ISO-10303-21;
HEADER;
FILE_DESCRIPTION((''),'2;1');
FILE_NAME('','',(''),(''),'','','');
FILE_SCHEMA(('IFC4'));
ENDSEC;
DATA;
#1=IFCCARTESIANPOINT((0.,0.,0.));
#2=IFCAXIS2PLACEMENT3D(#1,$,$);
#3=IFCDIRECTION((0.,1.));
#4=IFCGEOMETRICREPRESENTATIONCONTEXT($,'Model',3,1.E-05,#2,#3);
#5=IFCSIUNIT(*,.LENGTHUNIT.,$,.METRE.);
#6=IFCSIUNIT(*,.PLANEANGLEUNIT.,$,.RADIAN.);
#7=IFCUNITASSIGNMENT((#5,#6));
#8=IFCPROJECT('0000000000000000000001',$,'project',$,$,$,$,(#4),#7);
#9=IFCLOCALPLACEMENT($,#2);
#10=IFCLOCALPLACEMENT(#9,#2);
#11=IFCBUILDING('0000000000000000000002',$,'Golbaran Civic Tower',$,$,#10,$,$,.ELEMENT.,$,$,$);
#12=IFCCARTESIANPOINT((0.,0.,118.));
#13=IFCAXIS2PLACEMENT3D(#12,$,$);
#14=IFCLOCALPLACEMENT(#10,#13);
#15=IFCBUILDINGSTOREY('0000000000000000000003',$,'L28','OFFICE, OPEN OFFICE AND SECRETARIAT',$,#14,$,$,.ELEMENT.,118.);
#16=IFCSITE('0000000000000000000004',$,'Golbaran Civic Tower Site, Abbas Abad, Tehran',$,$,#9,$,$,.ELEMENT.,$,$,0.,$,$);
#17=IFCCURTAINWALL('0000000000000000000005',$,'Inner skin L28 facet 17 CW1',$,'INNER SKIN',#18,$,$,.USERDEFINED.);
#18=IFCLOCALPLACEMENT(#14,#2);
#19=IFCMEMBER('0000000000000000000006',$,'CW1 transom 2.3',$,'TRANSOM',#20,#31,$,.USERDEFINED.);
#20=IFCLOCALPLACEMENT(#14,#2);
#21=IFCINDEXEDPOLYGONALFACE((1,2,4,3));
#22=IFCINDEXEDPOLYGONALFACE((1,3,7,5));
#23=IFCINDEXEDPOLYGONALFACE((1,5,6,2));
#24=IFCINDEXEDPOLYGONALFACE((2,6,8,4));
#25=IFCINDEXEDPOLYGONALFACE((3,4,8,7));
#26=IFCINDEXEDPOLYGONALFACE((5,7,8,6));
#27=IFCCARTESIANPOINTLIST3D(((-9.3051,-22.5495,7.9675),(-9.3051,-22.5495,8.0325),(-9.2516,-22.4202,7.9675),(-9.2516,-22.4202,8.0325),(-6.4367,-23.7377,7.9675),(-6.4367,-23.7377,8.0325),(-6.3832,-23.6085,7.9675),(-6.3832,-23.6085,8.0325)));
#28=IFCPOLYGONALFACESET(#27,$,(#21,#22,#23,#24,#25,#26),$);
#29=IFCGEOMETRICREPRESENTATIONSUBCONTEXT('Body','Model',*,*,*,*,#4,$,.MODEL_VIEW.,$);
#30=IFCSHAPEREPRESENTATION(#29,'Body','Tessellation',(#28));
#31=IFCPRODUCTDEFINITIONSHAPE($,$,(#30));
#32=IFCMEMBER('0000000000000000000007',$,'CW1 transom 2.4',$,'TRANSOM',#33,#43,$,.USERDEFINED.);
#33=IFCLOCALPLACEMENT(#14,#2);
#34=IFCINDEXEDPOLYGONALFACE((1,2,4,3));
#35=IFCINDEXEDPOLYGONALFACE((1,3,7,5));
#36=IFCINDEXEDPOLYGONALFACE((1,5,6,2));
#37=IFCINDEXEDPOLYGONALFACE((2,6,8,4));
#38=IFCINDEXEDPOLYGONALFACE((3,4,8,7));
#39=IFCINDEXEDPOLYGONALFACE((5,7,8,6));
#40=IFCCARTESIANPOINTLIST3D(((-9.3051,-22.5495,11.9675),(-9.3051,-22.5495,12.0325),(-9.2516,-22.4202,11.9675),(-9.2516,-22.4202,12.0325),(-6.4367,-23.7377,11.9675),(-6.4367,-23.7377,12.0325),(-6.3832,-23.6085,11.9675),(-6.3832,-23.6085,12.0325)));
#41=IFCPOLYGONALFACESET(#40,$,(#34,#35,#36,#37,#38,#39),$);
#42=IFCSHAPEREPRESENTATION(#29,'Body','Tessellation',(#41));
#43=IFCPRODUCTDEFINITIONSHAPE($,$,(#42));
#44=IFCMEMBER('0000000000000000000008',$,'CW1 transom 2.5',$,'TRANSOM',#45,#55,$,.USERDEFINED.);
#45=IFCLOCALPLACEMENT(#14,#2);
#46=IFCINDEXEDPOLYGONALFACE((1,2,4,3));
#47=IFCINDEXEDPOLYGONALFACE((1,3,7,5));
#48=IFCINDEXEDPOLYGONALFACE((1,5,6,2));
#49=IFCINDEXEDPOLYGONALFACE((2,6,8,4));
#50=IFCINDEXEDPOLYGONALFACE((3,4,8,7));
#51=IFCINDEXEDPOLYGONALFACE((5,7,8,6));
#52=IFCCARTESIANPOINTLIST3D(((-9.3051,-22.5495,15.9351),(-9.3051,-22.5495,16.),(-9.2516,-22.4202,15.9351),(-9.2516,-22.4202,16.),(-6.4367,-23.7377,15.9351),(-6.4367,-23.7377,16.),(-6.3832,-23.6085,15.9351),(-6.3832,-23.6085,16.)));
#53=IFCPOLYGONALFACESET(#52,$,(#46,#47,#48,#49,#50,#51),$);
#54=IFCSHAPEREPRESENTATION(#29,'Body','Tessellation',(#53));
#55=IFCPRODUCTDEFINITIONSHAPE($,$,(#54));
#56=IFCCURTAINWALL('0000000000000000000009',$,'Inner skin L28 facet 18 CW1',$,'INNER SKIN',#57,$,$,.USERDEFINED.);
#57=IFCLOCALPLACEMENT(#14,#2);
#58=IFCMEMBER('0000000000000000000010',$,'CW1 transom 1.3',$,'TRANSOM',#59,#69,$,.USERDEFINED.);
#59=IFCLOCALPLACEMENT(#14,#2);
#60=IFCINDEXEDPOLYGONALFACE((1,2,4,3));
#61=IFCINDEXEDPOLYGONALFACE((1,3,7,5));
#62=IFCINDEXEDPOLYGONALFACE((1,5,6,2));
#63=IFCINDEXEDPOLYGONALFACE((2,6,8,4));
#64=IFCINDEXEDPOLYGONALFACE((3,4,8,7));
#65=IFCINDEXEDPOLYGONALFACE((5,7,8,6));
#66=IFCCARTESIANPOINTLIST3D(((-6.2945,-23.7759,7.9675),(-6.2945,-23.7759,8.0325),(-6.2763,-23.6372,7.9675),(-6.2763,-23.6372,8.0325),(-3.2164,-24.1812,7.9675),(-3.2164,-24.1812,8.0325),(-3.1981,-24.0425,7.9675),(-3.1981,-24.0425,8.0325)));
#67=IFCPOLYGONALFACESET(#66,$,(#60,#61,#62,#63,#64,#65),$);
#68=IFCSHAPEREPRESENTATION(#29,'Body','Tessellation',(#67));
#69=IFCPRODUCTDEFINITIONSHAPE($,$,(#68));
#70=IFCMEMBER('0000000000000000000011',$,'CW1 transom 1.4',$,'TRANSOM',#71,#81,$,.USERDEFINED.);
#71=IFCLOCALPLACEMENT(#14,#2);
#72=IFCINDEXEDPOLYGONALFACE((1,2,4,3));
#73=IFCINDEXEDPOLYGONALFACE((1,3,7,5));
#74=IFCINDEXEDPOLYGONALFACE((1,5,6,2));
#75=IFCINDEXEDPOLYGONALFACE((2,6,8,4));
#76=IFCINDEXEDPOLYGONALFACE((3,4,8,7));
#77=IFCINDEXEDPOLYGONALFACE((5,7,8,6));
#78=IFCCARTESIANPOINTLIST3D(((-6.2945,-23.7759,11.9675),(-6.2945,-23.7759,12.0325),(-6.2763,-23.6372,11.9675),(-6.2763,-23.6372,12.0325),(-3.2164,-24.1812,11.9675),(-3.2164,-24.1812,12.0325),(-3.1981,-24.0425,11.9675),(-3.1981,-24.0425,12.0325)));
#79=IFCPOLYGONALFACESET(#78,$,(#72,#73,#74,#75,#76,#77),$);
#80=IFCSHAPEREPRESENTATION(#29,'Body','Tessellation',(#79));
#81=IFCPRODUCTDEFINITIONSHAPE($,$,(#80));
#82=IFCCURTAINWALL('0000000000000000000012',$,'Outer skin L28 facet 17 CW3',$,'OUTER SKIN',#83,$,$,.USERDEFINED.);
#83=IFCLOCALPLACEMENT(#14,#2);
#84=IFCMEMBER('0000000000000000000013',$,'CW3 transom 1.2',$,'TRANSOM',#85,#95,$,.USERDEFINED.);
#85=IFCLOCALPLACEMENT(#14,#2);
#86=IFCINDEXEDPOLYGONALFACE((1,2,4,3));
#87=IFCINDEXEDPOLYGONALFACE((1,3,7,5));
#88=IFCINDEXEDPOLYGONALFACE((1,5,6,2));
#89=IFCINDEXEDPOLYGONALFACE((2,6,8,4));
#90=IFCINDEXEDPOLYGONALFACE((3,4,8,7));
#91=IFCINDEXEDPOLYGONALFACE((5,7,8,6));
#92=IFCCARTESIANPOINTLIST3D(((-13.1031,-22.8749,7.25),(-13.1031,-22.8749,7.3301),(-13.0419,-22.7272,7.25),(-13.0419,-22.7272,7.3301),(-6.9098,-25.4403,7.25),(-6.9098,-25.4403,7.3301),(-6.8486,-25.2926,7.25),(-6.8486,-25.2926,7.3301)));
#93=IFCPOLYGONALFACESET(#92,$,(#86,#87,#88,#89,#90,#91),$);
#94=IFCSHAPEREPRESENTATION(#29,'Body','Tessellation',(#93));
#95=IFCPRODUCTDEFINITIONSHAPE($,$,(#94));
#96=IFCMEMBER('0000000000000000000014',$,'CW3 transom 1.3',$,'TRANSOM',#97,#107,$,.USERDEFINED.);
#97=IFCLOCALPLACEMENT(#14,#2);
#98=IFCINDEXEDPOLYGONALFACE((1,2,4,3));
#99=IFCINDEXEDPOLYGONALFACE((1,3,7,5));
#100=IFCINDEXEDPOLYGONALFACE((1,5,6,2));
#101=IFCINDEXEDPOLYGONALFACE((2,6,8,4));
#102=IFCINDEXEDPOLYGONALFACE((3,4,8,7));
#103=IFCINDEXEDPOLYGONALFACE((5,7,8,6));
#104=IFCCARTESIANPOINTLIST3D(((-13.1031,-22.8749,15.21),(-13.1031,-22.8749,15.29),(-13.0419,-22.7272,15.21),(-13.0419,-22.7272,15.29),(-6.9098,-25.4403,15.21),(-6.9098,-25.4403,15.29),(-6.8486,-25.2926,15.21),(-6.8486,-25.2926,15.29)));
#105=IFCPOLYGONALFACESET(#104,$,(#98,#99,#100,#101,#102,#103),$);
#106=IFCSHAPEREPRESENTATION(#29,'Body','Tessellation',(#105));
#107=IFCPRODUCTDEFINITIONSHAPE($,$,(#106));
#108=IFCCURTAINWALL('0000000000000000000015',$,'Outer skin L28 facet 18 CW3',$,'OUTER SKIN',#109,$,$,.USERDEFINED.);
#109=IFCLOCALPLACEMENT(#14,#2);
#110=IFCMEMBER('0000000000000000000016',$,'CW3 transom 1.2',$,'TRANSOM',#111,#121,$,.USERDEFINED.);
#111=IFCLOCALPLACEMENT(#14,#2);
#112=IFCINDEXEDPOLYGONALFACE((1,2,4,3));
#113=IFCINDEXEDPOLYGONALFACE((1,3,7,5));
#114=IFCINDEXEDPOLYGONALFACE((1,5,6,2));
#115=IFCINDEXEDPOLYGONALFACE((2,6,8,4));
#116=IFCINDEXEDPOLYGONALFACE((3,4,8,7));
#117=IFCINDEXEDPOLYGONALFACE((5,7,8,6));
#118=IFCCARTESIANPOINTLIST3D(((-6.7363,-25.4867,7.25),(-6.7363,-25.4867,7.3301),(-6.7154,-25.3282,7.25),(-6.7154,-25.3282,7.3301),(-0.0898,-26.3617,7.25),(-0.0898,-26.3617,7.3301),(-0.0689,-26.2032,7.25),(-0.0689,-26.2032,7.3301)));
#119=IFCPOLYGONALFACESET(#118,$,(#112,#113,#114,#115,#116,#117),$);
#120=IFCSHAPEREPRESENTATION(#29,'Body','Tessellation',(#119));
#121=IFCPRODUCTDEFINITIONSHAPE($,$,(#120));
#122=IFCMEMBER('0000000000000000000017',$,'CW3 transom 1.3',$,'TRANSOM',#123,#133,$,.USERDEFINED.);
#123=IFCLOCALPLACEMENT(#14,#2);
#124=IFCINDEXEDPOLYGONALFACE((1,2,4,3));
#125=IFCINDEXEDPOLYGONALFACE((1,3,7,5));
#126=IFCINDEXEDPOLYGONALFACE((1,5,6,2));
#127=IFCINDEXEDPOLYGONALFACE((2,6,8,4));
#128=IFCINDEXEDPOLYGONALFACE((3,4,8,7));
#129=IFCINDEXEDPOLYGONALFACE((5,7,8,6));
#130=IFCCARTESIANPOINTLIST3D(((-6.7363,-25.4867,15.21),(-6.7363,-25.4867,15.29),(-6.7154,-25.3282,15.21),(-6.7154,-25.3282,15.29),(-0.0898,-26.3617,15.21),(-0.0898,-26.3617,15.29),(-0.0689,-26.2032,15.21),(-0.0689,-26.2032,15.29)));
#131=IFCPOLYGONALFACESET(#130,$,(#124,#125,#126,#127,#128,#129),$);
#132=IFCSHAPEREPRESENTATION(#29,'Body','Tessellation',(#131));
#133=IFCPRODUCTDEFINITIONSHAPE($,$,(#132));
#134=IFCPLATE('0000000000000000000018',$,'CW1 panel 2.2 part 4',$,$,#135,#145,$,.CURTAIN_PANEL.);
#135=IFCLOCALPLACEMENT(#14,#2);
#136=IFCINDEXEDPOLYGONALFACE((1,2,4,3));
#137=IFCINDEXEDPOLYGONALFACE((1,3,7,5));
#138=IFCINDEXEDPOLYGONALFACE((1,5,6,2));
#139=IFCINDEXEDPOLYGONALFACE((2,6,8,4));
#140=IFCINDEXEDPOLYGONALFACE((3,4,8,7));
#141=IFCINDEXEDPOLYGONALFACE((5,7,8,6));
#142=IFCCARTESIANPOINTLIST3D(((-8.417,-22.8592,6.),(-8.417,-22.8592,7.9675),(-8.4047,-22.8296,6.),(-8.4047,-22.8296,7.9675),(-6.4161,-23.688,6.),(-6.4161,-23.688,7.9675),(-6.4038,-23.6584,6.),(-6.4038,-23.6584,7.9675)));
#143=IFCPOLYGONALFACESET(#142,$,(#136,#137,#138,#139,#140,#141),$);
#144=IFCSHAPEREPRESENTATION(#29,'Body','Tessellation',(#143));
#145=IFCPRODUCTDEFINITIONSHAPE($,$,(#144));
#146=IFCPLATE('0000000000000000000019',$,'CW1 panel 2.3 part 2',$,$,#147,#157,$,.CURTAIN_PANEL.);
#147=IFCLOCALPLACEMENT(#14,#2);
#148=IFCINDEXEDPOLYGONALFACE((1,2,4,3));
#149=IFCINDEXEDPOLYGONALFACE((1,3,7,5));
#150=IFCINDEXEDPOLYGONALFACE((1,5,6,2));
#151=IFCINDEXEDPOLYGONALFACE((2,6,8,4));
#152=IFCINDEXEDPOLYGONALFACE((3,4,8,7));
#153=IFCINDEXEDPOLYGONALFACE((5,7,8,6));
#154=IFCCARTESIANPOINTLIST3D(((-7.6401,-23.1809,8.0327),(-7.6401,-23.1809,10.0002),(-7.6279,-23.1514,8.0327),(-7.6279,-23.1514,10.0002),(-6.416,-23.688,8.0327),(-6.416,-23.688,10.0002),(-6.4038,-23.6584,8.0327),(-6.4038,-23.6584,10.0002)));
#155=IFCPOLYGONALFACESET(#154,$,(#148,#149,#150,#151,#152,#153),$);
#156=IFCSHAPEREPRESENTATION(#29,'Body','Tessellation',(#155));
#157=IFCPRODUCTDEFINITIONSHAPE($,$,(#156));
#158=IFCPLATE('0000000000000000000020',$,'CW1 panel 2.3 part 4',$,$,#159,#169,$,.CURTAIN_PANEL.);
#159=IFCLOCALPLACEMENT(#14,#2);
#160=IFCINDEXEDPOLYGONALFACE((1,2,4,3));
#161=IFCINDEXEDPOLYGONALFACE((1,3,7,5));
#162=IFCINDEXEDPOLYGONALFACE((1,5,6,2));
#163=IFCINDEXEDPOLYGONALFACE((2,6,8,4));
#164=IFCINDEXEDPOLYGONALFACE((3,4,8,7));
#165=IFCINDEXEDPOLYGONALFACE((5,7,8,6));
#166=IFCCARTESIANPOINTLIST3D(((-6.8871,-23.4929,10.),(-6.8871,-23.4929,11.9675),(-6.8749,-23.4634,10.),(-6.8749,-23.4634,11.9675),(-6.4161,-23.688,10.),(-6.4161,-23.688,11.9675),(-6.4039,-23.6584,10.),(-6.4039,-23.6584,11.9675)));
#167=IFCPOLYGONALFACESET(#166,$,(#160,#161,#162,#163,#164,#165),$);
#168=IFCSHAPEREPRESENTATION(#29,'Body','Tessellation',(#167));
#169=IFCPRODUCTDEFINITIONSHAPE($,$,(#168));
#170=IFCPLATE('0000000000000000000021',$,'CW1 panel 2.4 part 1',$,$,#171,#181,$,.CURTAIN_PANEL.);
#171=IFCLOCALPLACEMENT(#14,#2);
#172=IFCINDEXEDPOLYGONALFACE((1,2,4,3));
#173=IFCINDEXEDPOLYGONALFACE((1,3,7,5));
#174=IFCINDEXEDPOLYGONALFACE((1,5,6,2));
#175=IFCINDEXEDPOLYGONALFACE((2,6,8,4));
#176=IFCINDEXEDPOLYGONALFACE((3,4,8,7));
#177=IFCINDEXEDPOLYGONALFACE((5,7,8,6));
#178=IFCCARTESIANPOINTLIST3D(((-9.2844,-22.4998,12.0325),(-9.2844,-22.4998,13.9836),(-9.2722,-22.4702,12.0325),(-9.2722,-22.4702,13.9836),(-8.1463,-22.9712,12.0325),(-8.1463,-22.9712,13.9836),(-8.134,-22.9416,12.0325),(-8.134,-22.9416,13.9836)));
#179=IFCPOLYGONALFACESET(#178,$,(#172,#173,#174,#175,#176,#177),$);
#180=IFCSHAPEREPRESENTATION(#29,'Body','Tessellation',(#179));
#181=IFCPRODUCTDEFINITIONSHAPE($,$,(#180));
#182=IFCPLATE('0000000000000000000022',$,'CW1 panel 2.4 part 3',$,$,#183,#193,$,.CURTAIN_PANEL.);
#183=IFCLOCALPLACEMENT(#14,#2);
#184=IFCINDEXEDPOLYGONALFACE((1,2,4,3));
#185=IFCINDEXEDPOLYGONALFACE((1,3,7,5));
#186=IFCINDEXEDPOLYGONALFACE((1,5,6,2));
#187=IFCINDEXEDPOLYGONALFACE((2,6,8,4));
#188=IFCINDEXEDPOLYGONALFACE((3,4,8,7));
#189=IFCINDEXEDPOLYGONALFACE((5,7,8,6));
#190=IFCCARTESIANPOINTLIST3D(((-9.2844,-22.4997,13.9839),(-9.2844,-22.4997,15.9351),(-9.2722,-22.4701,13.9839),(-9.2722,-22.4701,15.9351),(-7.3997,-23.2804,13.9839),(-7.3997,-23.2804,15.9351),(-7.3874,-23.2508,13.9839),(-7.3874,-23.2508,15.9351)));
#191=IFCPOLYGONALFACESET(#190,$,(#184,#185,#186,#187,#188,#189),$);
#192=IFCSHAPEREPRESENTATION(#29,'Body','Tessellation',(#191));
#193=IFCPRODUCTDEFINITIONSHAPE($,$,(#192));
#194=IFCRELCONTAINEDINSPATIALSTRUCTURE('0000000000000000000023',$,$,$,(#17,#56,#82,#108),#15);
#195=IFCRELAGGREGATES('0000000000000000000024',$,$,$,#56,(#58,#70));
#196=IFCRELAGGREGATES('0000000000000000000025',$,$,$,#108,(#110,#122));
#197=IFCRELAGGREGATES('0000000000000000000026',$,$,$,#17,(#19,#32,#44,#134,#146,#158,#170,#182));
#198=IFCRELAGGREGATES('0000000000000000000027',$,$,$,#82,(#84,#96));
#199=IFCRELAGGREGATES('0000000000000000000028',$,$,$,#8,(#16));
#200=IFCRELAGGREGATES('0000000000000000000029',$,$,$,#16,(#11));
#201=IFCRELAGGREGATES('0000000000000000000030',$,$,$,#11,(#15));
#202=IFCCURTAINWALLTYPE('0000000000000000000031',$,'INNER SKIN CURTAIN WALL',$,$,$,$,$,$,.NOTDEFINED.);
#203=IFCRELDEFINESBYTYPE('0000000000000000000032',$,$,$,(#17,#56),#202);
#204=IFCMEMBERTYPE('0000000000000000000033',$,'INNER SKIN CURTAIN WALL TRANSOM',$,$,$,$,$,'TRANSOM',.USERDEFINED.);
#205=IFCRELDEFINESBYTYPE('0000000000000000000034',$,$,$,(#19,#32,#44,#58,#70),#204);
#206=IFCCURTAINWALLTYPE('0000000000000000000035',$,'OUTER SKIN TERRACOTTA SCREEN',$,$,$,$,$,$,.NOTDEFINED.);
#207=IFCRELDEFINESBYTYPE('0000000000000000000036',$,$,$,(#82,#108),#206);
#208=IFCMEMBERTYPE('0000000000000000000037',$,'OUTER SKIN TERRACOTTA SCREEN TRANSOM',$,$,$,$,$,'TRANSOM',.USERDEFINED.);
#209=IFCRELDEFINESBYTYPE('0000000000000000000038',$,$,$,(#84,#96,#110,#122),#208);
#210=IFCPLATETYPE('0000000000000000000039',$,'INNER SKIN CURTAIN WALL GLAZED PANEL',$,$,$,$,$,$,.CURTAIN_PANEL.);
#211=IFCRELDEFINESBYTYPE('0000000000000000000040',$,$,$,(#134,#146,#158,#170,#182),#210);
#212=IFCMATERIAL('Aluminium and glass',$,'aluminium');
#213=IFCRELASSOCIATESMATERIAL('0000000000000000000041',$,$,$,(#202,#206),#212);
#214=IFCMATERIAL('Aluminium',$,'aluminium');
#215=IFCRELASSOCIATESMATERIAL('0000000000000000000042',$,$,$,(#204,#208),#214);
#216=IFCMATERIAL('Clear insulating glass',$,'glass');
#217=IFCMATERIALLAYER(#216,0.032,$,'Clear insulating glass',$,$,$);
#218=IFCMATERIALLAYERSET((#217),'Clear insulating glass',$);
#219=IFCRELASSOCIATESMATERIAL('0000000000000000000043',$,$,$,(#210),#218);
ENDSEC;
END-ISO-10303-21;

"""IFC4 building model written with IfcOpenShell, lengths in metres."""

from ifc_helpers import new_model, si_unit, direction, frame, origin, origin_2d, place, context, subcontext, project, spatial, rectangle, extrude, material, layer, layer_set, material_profile, profile_set, type_object, element, aggregate, save


model = new_model("IFC4")

# Units and contexts
model_context = context("Model", 3, precision=1e-05, world=origin(), true_north=direction((0.0, 1.0)))
body_context = subcontext(model_context, "Body", "Model", "MODEL_VIEW")
ifc_project = project(units=[si_unit("LENGTHUNIT", "METRE"), si_unit("PLANEANGLEUNIT", "RADIAN")], contexts=[model_context])

# Site, building, storey
site_placement = place(None, origin())
site = spatial("IfcSite", under=ifc_project, at=site_placement, Name="Golbaran Civic Tower Site, Abbas Abad, Tehran", CompositionType="ELEMENT", RefElevation=0.0)
building_placement = place(site_placement, origin())
building = spatial("IfcBuilding", under=site, at=building_placement, Name="Golbaran Civic Tower", CompositionType="ELEMENT")
storey_placement = place(building_placement, frame((0.0, 0.0, 118.0)))
storey = spatial("IfcBuildingStorey", under=building, at=storey_placement, Name="L28", Description="OFFICE, OPEN OFFICE AND SECRETARIAT", CompositionType="ELEMENT", Elevation=118.0)

# Curtain walls, members
ifc_material_1 = material(Name="Aluminium and glass", Category="aluminium")
curtain_wall_type_1 = type_object("IfcCurtainWallType", Name="INNER SKIN CURTAIN WALL", PredefinedType="NOTDEFINED", material=ifc_material_1)
curtain_wall_1_placement = place(storey_placement, origin())
curtain_wall_1 = element("IfcCurtainWall", 1, at=curtain_wall_1_placement, inside=storey, type_object=curtain_wall_type_1, Name="Inner skin L28 facet 17 CW1", ObjectType="INNER SKIN", PredefinedType="USERDEFINED")
ifc_material_2 = material(Name="Aluminium", Category="aluminium")
ifc_material_profile_1 = material_profile(ifc_material_2, rectangle(XDim=0.1399, YDim=0.0649, at=origin_2d()), Name="INNER SKIN CURTAIN WALL TRANSOM")
ifc_profile_set_1 = profile_set([ifc_material_profile_1], Name="Aluminium")
member_type_1 = type_object("IfcMemberType", Name="INNER SKIN CURTAIN WALL TRANSOM", ElementType="TRANSOM", PredefinedType="USERDEFINED", material=ifc_profile_set_1)
member_1_placement = place(storey_placement, frame((-9.2783, -22.4849, 8.0), z_axis=(0.923868, -0.382711, 0.0), x_axis=(0.382711, 0.923868, 0.0)))
member_1 = element("IfcMember", 2, at=member_1_placement, type_object=member_type_1, Name="CW1 transom 2.3", ObjectType="TRANSOM", PredefinedType="USERDEFINED", context=body_context, shape_type="SweptSolid", body=[
    extrude(rectangle(XDim=0.1399, YDim=0.0649, at=origin_2d()), origin(), (0.0, 0.0, 1.0), 3.1047),
])
member_2_placement = place(storey_placement, frame((-9.2783, -22.4849, 12.0), z_axis=(0.923868, -0.382711, 0.0), x_axis=(0.382711, 0.923868, 0.0)))
member_2 = element("IfcMember", 3, at=member_2_placement, type_object=member_type_1, Name="CW1 transom 2.4", ObjectType="TRANSOM", PredefinedType="USERDEFINED", context=body_context, shape_type="SweptSolid", body=[
    extrude(rectangle(XDim=0.1399, YDim=0.0649, at=origin_2d()), origin(), (0.0, 0.0, 1.0), 3.1047),
])
member_3_placement = place(storey_placement, frame((-9.2783, -22.4849, 15.9675), z_axis=(0.923868, -0.382711, 0.0), x_axis=(0.382711, 0.923868, 0.0)))
member_3 = element("IfcMember", 4, at=member_3_placement, type_object=member_type_1, Name="CW1 transom 2.5", ObjectType="TRANSOM", PredefinedType="USERDEFINED", context=body_context, shape_type="SweptSolid", body=[
    extrude(rectangle(XDim=0.1399, YDim=0.0649, at=origin_2d()), origin(), (0.0, 0.0, 1.0), 3.1047),
])
curtain_wall_2_placement = place(storey_placement, origin())
curtain_wall_2 = element("IfcCurtainWall", 5, at=curtain_wall_2_placement, inside=storey, type_object=curtain_wall_type_1, Name="Inner skin L28 facet 18 CW1", ObjectType="INNER SKIN", PredefinedType="USERDEFINED")
member_4_placement = place(storey_placement, frame((-6.2854, -23.7065, 8.0), z_axis=(0.991444, -0.130536, 0.0), x_axis=(0.130536, 0.991444, 0.0)))
member_4 = element("IfcMember", 6, at=member_4_placement, type_object=member_type_1, Name="CW1 transom 1.3", ObjectType="TRANSOM", PredefinedType="USERDEFINED", context=body_context, shape_type="SweptSolid", body=[
    extrude(rectangle(XDim=0.1399, YDim=0.0649, at=origin_2d()), origin(), (0.0, 0.0, 1.0), 3.1047),
])
member_5_placement = place(storey_placement, frame((-6.2854, -23.7065, 12.0), z_axis=(0.991444, -0.130536, 0.0), x_axis=(0.130536, 0.991444, 0.0)))
member_5 = element("IfcMember", 7, at=member_5_placement, type_object=member_type_1, Name="CW1 transom 1.4", ObjectType="TRANSOM", PredefinedType="USERDEFINED", context=body_context, shape_type="SweptSolid", body=[
    extrude(rectangle(XDim=0.1399, YDim=0.0649, at=origin_2d()), origin(), (0.0, 0.0, 1.0), 3.1047),
])
aggregate(curtain_wall_2, [member_4, member_5])
curtain_wall_type_2 = type_object("IfcCurtainWallType", Name="OUTER SKIN TERRACOTTA SCREEN", PredefinedType="NOTDEFINED", material=ifc_material_1)
curtain_wall_3_placement = place(storey_placement, origin())
curtain_wall_3 = element("IfcCurtainWall", 8, at=curtain_wall_3_placement, inside=storey, type_object=curtain_wall_type_2, Name="Outer skin L28 facet 17 CW3", ObjectType="OUTER SKIN", PredefinedType="USERDEFINED")
ifc_material_profile_2 = material_profile(ifc_material_2, rectangle(XDim=0.1599, YDim=0.0801, at=origin_2d()), Name="OUTER SKIN TERRACOTTA SCREEN TRANSOM")
ifc_profile_set_2 = profile_set([ifc_material_profile_2], Name="Aluminium")
member_type_2 = type_object("IfcMemberType", Name="OUTER SKIN TERRACOTTA SCREEN TRANSOM", ElementType="TRANSOM", PredefinedType="USERDEFINED", material=ifc_profile_set_2)
member_6_placement = place(storey_placement, frame((-13.0725, -22.801, 7.29), z_axis=(0.923877, -0.382691, 0.0), x_axis=(0.382691, 0.923877, 0.0)))
member_6 = element("IfcMember", 9, at=member_6_placement, type_object=member_type_2, Name="CW3 transom 1.2", ObjectType="TRANSOM", PredefinedType="USERDEFINED", context=body_context, shape_type="SweptSolid", body=[
    extrude(rectangle(XDim=0.1599, YDim=0.0801, at=origin_2d()), origin(), (0.0, 0.0, 1.0), 6.7036),
])
member_7_placement = place(storey_placement, frame((-13.0725, -22.801, 15.25), z_axis=(0.923877, -0.382691, 0.0), x_axis=(0.382691, 0.923877, 0.0)))
member_7 = element("IfcMember", 10, at=member_7_placement, type_object=member_type_2, Name="CW3 transom 1.3", ObjectType="TRANSOM", PredefinedType="USERDEFINED", context=body_context, shape_type="SweptSolid", body=[
    extrude(rectangle(XDim=0.1599, YDim=0.0801, at=origin_2d()), origin(), (0.0, 0.0, 1.0), 6.7036),
])
curtain_wall_4_placement = place(storey_placement, origin())
curtain_wall_4 = element("IfcCurtainWall", 11, at=curtain_wall_4_placement, inside=storey, type_object=curtain_wall_type_2, Name="Outer skin L28 facet 18 CW3", ObjectType="OUTER SKIN", PredefinedType="USERDEFINED")
member_8_placement = place(storey_placement, frame((-6.7258, -25.4075, 7.29), z_axis=(0.991445, -0.130522, 0.0), x_axis=(0.130522, 0.991445, 0.0)))
member_8 = element("IfcMember", 12, at=member_8_placement, type_object=member_type_2, Name="CW3 transom 1.2", ObjectType="TRANSOM", PredefinedType="USERDEFINED", context=body_context, shape_type="SweptSolid", body=[
    extrude(rectangle(XDim=0.1599, YDim=0.0801, at=origin_2d()), origin(), (0.0, 0.0, 1.0), 6.7039),
])
member_9_placement = place(storey_placement, frame((-6.7258, -25.4075, 15.25), z_axis=(0.991445, -0.130522, 0.0), x_axis=(0.130522, 0.991445, 0.0)))
member_9 = element("IfcMember", 13, at=member_9_placement, type_object=member_type_2, Name="CW3 transom 1.3", ObjectType="TRANSOM", PredefinedType="USERDEFINED", context=body_context, shape_type="SweptSolid", body=[
    extrude(rectangle(XDim=0.1599, YDim=0.0801, at=origin_2d()), origin(), (0.0, 0.0, 1.0), 6.7039),
])
aggregate(curtain_wall_4, [member_8, member_9])

# Plates
ifc_material_3 = material(Name="Clear insulating glass", Category="glass")
ifc_layer_1 = layer(ifc_material_3, 0.032, Name="Clear insulating glass")
ifc_layer_set_1 = layer_set([ifc_layer_1], Name="Clear insulating glass")
plate_type_1 = type_object("IfcPlateType", Name="INNER SKIN CURTAIN WALL GLAZED PANEL", PredefinedType="CURTAIN_PANEL", material=ifc_layer_set_1)
plate_1_placement = place(storey_placement, frame((-7.4104, -23.2588, 6.0), z_axis=(0.0, 0.0, 1.0), x_axis=(0.92388, -0.382683, 0.0)))
plate_1 = element("IfcPlate", 14, at=plate_1_placement, type_object=plate_type_1, Name="CW1 panel 2.2 part 4", PredefinedType="CURTAIN_PANEL", context=body_context, shape_type="SweptSolid", body=[
    extrude(rectangle(XDim=2.1658, YDim=0.032, at=origin_2d()), origin(), (0.0, 0.0, 1.0), 1.9675),
])
plate_2_placement = place(storey_placement, frame((-7.022, -23.4197, 8.0327), z_axis=(0.0, 0.0, 1.0), x_axis=(0.92388, -0.382683, 0.0)))
plate_2 = element("IfcPlate", 15, at=plate_2_placement, type_object=plate_type_1, Name="CW1 panel 2.3 part 2", PredefinedType="CURTAIN_PANEL", context=body_context, shape_type="SweptSolid", body=[
    extrude(rectangle(XDim=1.325, YDim=0.032, at=origin_2d()), origin(), (0.0, 0.0, 1.0), 1.9675),
])
plate_3_placement = place(storey_placement, frame((-6.6455, -23.5757, 10.0), z_axis=(0.0, 0.0, 1.0), x_axis=(0.92388, -0.382683, 0.0)))
plate_3 = element("IfcPlate", 16, at=plate_3_placement, type_object=plate_type_1, Name="CW1 panel 2.3 part 4", PredefinedType="CURTAIN_PANEL", context=body_context, shape_type="SweptSolid", body=[
    extrude(rectangle(XDim=0.5098, YDim=0.032, at=origin_2d()), origin(), (0.0, 0.0, 1.0), 1.9675),
])
plate_4_placement = place(storey_placement, frame((-8.7092, -22.7207, 12.0325), z_axis=(0.0, 0.0, 1.0), x_axis=(0.92388, -0.382683, 0.0)))
plate_4 = element("IfcPlate", 17, at=plate_4_placement, type_object=plate_type_1, Name="CW1 panel 2.4 part 1", PredefinedType="CURTAIN_PANEL", context=body_context, shape_type="SweptSolid", body=[
    extrude(rectangle(XDim=1.2319, YDim=0.032, at=origin_2d()), origin(), (0.0, 0.0, 1.0), 1.9512),
])
plate_5_placement = place(storey_placement, frame((-8.3359, -22.8752, 13.9839), z_axis=(0.0, 0.0, 1.0), x_axis=(0.92388, -0.382683, 0.0)))
plate_5 = element("IfcPlate", 18, at=plate_5_placement, type_object=plate_type_1, Name="CW1 panel 2.4 part 3", PredefinedType="CURTAIN_PANEL", context=body_context, shape_type="SweptSolid", body=[
    extrude(rectangle(XDim=2.04, YDim=0.032, at=origin_2d()), origin(), (0.0, 0.0, 1.0), 1.9512),
])
aggregate(curtain_wall_1, [member_1, member_2, member_3, plate_1, plate_2, plate_3, plate_4, plate_5])
aggregate(curtain_wall_3, [member_6, member_7])

save(model, "model.ifc")
